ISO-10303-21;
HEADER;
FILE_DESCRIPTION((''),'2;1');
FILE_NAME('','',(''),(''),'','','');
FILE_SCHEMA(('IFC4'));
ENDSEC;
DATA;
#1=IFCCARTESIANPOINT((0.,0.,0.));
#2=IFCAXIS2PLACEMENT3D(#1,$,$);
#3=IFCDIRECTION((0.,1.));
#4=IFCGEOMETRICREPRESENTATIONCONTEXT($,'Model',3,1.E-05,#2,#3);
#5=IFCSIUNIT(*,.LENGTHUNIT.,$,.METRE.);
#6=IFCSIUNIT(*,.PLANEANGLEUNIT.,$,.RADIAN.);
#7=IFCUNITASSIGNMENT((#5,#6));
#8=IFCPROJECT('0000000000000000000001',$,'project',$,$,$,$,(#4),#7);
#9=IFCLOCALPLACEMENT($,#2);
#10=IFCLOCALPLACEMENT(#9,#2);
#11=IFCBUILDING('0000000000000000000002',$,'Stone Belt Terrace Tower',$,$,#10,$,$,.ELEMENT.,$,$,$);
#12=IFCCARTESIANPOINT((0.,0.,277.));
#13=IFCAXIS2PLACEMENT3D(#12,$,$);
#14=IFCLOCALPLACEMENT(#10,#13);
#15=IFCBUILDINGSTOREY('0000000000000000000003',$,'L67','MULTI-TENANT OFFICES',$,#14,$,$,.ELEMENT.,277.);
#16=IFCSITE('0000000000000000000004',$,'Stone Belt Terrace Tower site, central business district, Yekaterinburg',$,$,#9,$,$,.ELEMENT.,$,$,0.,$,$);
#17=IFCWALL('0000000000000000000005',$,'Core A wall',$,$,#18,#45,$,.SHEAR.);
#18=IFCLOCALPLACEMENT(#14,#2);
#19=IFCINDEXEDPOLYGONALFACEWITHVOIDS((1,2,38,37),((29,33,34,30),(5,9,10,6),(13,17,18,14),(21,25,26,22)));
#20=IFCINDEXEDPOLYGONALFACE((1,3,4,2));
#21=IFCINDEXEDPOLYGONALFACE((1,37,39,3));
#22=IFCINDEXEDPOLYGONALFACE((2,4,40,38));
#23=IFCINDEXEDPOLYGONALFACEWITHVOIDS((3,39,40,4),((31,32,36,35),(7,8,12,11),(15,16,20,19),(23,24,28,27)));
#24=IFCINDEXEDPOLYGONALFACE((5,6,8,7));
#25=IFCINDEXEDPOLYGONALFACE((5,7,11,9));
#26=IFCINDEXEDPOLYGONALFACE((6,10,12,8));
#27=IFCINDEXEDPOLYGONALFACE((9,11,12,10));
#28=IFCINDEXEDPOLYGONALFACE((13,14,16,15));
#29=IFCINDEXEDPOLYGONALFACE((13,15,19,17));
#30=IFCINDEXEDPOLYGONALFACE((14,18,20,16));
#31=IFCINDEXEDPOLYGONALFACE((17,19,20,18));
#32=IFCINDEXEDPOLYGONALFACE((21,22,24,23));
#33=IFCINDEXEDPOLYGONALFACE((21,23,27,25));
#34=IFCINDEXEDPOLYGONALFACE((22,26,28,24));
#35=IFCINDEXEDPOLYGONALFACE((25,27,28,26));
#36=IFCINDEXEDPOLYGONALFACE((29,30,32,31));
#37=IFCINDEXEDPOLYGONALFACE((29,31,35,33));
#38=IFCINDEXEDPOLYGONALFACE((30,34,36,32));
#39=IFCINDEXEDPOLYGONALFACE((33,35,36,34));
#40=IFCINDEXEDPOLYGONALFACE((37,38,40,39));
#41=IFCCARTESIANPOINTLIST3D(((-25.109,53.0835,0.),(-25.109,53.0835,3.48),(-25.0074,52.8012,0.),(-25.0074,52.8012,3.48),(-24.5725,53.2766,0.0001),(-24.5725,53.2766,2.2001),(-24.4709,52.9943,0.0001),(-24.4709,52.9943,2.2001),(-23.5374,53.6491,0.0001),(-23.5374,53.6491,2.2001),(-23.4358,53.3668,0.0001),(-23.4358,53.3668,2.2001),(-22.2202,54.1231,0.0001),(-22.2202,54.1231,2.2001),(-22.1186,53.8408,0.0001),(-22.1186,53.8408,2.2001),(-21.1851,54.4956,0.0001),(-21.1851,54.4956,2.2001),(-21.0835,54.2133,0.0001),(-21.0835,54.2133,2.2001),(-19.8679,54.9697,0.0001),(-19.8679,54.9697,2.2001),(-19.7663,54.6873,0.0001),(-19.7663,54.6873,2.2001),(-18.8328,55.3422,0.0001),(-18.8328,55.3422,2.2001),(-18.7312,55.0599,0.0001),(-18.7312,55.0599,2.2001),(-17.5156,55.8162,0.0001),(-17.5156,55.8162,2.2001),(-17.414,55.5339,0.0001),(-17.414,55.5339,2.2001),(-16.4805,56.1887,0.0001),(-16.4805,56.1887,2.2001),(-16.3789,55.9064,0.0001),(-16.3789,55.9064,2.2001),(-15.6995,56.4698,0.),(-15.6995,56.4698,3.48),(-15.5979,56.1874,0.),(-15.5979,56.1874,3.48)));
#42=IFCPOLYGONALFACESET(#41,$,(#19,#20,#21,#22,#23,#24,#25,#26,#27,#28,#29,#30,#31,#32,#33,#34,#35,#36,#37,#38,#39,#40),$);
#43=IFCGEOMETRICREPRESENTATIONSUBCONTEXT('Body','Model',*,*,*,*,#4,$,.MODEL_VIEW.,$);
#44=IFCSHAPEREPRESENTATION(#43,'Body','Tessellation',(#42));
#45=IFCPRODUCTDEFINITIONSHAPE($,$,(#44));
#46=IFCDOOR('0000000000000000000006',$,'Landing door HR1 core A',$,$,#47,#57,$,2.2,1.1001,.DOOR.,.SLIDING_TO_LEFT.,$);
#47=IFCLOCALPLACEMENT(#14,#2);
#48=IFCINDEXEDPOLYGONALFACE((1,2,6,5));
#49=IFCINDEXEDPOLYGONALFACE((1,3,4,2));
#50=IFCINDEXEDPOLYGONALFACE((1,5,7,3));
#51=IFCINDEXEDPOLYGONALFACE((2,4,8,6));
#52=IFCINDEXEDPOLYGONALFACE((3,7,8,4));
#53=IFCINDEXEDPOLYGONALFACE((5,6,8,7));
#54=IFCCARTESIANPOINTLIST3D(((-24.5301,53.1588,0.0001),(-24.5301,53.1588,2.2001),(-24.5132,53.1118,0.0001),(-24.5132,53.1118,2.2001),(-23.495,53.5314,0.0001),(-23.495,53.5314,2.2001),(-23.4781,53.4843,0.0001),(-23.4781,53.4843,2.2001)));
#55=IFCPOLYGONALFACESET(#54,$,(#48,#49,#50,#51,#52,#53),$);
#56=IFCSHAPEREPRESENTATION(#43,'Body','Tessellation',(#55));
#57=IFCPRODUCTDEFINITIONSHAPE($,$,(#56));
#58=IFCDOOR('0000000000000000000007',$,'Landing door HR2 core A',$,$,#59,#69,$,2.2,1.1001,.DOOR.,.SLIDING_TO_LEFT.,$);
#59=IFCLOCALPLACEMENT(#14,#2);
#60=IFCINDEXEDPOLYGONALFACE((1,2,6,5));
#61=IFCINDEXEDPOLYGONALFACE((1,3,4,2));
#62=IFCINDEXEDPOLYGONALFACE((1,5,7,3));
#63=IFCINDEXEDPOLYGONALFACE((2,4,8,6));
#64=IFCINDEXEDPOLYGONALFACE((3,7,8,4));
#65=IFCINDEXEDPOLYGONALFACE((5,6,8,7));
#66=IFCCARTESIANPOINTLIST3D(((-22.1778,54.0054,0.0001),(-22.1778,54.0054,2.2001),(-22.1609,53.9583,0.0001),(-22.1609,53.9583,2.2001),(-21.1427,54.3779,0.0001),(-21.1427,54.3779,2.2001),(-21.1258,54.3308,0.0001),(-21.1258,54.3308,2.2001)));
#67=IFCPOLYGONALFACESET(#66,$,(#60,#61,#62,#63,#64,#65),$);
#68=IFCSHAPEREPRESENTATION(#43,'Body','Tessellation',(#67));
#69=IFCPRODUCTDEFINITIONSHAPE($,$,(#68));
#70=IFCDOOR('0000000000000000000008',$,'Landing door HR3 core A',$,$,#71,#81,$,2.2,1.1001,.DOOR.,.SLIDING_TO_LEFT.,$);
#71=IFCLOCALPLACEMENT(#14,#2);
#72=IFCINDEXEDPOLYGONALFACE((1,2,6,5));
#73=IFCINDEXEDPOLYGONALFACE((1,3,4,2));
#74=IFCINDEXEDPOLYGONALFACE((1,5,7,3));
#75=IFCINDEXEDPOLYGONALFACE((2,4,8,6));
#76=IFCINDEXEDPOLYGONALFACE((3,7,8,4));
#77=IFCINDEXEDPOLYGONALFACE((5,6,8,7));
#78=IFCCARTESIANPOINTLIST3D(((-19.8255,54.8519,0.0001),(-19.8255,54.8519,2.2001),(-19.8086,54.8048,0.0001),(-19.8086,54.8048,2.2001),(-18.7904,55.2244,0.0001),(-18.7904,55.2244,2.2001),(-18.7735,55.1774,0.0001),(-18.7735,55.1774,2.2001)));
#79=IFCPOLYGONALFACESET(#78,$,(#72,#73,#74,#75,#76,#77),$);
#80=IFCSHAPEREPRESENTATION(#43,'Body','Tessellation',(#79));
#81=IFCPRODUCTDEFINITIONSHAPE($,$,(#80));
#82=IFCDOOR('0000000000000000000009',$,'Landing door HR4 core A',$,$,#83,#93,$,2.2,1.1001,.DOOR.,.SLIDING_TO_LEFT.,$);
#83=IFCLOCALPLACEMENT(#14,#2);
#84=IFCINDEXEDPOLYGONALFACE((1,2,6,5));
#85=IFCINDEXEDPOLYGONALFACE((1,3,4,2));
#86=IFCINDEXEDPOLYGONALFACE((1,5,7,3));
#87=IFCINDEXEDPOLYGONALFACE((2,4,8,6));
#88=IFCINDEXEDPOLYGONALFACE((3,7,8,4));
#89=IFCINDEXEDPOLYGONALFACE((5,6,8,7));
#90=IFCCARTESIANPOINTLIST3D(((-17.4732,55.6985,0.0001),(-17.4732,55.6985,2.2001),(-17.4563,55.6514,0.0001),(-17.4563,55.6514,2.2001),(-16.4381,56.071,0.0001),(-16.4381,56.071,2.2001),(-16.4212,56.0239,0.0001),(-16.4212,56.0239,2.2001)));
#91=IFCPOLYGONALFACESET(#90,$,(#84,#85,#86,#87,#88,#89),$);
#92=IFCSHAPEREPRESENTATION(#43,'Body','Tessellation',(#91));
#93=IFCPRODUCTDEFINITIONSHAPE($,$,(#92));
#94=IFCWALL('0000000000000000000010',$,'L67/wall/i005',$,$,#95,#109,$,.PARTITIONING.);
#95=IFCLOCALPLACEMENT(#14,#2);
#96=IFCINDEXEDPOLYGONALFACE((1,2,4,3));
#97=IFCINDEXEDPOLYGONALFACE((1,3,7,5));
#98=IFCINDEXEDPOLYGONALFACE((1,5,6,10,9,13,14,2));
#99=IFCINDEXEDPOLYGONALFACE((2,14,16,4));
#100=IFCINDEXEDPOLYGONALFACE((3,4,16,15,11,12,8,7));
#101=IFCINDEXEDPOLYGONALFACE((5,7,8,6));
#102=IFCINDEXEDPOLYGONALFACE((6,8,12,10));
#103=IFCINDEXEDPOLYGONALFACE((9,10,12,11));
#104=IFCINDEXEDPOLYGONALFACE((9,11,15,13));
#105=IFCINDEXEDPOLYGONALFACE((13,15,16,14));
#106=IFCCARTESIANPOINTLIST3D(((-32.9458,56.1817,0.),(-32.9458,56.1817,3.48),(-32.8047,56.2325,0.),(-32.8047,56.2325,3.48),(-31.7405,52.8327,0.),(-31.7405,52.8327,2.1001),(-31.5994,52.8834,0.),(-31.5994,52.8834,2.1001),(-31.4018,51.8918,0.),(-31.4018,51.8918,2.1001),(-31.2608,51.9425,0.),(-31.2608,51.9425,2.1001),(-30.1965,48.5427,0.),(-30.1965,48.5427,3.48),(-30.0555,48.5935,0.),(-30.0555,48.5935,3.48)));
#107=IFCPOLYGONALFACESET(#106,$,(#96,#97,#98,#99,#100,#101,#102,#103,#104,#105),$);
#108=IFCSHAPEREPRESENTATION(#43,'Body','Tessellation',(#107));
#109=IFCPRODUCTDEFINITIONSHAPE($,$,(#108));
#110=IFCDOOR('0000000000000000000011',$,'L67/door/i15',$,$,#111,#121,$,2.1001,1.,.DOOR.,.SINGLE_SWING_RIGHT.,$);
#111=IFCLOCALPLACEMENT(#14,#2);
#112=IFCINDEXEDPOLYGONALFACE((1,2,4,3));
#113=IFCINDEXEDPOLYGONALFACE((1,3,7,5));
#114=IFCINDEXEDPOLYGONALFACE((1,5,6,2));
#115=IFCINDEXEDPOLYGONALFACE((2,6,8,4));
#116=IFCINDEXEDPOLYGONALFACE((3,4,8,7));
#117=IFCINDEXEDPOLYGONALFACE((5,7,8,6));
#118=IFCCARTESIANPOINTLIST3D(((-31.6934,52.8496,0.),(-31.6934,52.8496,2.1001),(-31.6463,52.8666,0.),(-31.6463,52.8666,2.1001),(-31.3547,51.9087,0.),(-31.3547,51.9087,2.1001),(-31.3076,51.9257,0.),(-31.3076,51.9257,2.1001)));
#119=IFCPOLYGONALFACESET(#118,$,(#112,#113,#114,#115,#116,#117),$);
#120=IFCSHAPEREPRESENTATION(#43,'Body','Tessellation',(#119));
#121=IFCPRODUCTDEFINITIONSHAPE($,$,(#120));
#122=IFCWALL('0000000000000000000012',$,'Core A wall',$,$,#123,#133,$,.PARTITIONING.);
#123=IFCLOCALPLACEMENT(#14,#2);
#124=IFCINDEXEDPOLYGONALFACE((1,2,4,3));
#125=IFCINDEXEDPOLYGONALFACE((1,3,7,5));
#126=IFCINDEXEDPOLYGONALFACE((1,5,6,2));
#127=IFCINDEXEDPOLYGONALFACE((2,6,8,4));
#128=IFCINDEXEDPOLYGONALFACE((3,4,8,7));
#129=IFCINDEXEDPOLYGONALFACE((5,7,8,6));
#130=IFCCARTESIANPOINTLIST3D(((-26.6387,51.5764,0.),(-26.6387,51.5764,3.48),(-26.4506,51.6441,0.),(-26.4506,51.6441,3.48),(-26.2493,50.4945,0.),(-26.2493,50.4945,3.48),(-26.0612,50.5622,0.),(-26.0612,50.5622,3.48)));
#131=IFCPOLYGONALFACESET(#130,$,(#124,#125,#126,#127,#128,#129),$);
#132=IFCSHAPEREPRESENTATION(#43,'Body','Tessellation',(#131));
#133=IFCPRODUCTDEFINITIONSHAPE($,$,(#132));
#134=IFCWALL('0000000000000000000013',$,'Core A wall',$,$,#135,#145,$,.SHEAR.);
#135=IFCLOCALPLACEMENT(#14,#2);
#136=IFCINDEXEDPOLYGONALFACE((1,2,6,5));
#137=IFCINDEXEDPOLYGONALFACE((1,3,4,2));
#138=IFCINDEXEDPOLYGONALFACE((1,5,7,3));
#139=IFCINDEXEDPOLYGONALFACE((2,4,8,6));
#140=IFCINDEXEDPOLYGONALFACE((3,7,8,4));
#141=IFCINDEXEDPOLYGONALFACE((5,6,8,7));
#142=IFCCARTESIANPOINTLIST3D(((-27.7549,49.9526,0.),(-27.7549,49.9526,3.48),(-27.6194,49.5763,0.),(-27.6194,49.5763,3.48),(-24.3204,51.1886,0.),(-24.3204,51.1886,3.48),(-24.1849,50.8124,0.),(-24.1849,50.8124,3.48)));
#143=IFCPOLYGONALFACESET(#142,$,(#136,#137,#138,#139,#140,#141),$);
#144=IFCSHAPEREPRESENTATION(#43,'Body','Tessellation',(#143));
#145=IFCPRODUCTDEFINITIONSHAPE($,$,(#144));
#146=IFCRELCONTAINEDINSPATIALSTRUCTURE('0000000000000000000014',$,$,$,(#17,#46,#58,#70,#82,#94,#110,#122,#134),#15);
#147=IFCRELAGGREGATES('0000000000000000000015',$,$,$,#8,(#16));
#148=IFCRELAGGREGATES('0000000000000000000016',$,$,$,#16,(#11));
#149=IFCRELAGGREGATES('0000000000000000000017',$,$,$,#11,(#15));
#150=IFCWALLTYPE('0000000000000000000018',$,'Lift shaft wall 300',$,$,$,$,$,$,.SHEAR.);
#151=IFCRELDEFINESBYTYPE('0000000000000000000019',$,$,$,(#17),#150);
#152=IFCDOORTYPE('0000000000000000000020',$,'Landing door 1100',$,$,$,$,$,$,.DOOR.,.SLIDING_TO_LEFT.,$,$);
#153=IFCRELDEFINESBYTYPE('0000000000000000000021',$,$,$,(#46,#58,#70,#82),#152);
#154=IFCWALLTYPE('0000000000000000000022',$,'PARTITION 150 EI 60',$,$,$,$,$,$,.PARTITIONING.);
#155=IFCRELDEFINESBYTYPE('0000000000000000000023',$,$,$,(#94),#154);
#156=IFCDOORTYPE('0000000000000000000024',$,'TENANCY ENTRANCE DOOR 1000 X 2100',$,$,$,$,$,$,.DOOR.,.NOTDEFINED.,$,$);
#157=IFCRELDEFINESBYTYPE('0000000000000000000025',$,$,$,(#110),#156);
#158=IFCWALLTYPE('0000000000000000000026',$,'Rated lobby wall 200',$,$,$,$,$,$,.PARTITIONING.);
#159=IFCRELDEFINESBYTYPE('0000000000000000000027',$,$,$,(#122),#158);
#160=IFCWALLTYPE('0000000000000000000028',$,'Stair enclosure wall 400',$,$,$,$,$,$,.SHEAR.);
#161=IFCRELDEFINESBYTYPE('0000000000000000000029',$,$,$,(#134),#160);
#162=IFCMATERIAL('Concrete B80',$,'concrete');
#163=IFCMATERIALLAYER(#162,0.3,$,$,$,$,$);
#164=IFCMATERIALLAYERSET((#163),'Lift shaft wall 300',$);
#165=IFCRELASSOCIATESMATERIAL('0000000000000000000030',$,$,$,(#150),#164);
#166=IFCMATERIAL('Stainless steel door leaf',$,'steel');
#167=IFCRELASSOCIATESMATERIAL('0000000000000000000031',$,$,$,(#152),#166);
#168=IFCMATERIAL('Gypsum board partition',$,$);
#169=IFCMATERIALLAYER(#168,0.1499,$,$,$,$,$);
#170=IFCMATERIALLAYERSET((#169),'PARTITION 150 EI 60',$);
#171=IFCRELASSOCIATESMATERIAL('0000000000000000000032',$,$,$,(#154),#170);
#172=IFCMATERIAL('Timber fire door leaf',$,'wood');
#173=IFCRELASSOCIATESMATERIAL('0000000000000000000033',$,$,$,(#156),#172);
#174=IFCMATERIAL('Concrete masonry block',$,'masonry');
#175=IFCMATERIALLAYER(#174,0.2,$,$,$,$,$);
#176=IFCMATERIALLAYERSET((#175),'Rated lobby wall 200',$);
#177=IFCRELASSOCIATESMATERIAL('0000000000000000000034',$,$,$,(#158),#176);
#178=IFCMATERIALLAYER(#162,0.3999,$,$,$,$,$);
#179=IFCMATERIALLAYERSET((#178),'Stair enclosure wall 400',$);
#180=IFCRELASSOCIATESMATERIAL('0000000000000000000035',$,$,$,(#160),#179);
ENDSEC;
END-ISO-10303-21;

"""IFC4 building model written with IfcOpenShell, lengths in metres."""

from ifc_helpers import new_model, si_unit, direction, frame, frame_2d, origin, place, context, subcontext, project, spatial, rectangle, extrude, material, layer, layer_set, type_object, element, fill, save


model = new_model("IFC4")

# Units and contexts
model_context = context("Model", 3, precision=1e-05, world=origin(), true_north=direction((0.0, 1.0)))
body_context = subcontext(model_context, "Body", "Model", "MODEL_VIEW")
ifc_project = project(units=[si_unit("LENGTHUNIT", "METRE"), si_unit("PLANEANGLEUNIT", "RADIAN")], contexts=[model_context])

# Site, building, storey
site_placement = place(None, origin())
site = spatial("IfcSite", under=ifc_project, at=site_placement, Name="Stone Belt Terrace Tower site, central business district, Yekaterinburg", CompositionType="ELEMENT", RefElevation=0.0)
building_placement = place(site_placement, origin())
building = spatial("IfcBuilding", under=site, at=building_placement, Name="Stone Belt Terrace Tower", CompositionType="ELEMENT")
storey_placement = place(building_placement, frame((0.0, 0.0, 277.0)))
storey = spatial("IfcBuildingStorey", under=building, at=storey_placement, Name="L67", Description="MULTI-TENANT OFFICES", CompositionType="ELEMENT", Elevation=277.0)

# Shared definitions
ifc_material_1 = material(Name="Concrete B80", Category="concrete")

# Shared definitions
ifc_layer_1 = layer(ifc_material_1, 0.3)
ifc_layer_set_1 = layer_set([ifc_layer_1], Name="Lift shaft wall 300")
wall_type_1 = type_object("IfcWallType", Name="Lift shaft wall 300", PredefinedType="SHEAR", material=ifc_layer_set_1)
ifc_material_2 = material(Name="Stainless steel door leaf", Category="steel")

# Wall, openings, doors
wall_1_placement = place(storey_placement, frame((-25.0581, 52.9424, 0.0), z_axis=(0.0, 0.0, 1.0), x_axis=(0.940924, 0.338617, 0.0)))
wall_1 = element("IfcWall", 1, at=wall_1_placement, inside=storey, type_object=wall_type_1, Name="Core A wall", PredefinedType="SHEAR", context=body_context, shape_type="SweptSolid", body=[
    extrude(rectangle(XDim=10.0002, YDim=0.3, at=frame_2d((5.0, 0.0))), origin(), (0.0, 0.0, 1.0), 3.48),
])
opening_1_placement = place(wall_1_placement, frame((0.5701, 0.0, 0.0)))
opening_1 = element("IfcOpeningElement", 2, at=opening_1_placement, cuts=wall_1, PredefinedType="OPENING", context=body_context, shape_type="SweptSolid", body=[
    extrude(rectangle(XDim=1.1001, YDim=2.2, at=frame_2d((0.55, 1.1001))), frame((0.0, 0.1599, 0.0), z_axis=(0.0, -1.0, 0.0), x_axis=(1.0, 0.0, 0.0)), (0.0, 0.0, 1.0), 0.3201),
])
opening_2_placement = place(wall_1_placement, frame((3.0701, 0.0, 0.0)))
opening_2 = element("IfcOpeningElement", 3, at=opening_2_placement, cuts=wall_1, PredefinedType="OPENING", context=body_context, shape_type="SweptSolid", body=[
    extrude(rectangle(XDim=1.1001, YDim=2.2, at=frame_2d((0.55, 1.1001))), frame((0.0, 0.1599, 0.0), z_axis=(0.0, -1.0, 0.0), x_axis=(1.0, 0.0, 0.0)), (0.0, 0.0, 1.0), 0.3201),
])
opening_3_placement = place(wall_1_placement, frame((5.5701, 0.0, 0.0)))
opening_3 = element("IfcOpeningElement", 4, at=opening_3_placement, cuts=wall_1, PredefinedType="OPENING", context=body_context, shape_type="SweptSolid", body=[
    extrude(rectangle(XDim=1.1001, YDim=2.2, at=frame_2d((0.55, 1.1001))), frame((0.0, 0.1599, 0.0), z_axis=(0.0, -1.0, 0.0), x_axis=(1.0, 0.0, 0.0)), (0.0, 0.0, 1.0), 0.3201),
])
opening_4_placement = place(wall_1_placement, frame((8.0701, 0.0, 0.0)))
opening_4 = element("IfcOpeningElement", 5, at=opening_4_placement, cuts=wall_1, PredefinedType="OPENING", context=body_context, shape_type="SweptSolid", body=[
    extrude(rectangle(XDim=1.1001, YDim=2.2, at=frame_2d((0.55, 1.1001))), frame((0.0, 0.1599, 0.0), z_axis=(0.0, -1.0, 0.0), x_axis=(1.0, 0.0, 0.0)), (0.0, 0.0, 1.0), 0.3201),
])
door_type_1 = type_object("IfcDoorType", Name="Landing door 1100", OperationType="SLIDING_TO_LEFT", PredefinedType="DOOR", material=ifc_material_2)
door_1_placement = place(opening_1_placement, origin())
door_1 = element("IfcDoor", 6, at=door_1_placement, inside=storey, type_object=door_type_1, Name="Landing door HR1 core A", OperationType="SLIDING_TO_LEFT", OverallHeight=2.2, OverallWidth=1.1001, PredefinedType="DOOR", context=body_context, shape_type="SweptSolid", body=[
    extrude(rectangle(XDim=1.1001, YDim=2.2, at=frame_2d((0.55, 1.1001))), frame((0.0, 0.0249, 0.0), z_axis=(0.0, -1.0, 0.0), x_axis=(1.0, 0.0, 0.0)), (0.0, 0.0, 1.0), 0.05),
])
fill(opening_1, door_1)
door_2_placement = place(opening_2_placement, origin())
door_2 = element("IfcDoor", 7, at=door_2_placement, inside=storey, type_object=door_type_1, Name="Landing door HR2 core A", OperationType="SLIDING_TO_LEFT", OverallHeight=2.2, OverallWidth=1.1001, PredefinedType="DOOR", context=body_context, shape_type="SweptSolid", body=[
    extrude(rectangle(XDim=1.1001, YDim=2.2, at=frame_2d((0.55, 1.1001))), frame((0.0, 0.0249, 0.0), z_axis=(0.0, -1.0, 0.0), x_axis=(1.0, 0.0, 0.0)), (0.0, 0.0, 1.0), 0.05),
])
fill(opening_2, door_2)
door_3_placement = place(opening_3_placement, origin())
door_3 = element("IfcDoor", 8, at=door_3_placement, inside=storey, type_object=door_type_1, Name="Landing door HR3 core A", OperationType="SLIDING_TO_LEFT", OverallHeight=2.2, OverallWidth=1.1001, PredefinedType="DOOR", context=body_context, shape_type="SweptSolid", body=[
    extrude(rectangle(XDim=1.1001, YDim=2.2, at=frame_2d((0.55, 1.1001))), frame((0.0, 0.0249, 0.0), z_axis=(0.0, -1.0, 0.0), x_axis=(1.0, 0.0, 0.0)), (0.0, 0.0, 1.0), 0.05),
])
fill(opening_3, door_3)
door_4_placement = place(opening_4_placement, origin())
door_4 = element("IfcDoor", 9, at=door_4_placement, inside=storey, type_object=door_type_1, Name="Landing door HR4 core A", OperationType="SLIDING_TO_LEFT", OverallHeight=2.2, OverallWidth=1.1001, PredefinedType="DOOR", context=body_context, shape_type="SweptSolid", body=[
    extrude(rectangle(XDim=1.1001, YDim=2.2, at=frame_2d((0.55, 1.1001))), frame((0.0, 0.0249, 0.0), z_axis=(0.0, -1.0, 0.0), x_axis=(1.0, 0.0, 0.0)), (0.0, 0.0, 1.0), 0.05),
])
fill(opening_4, door_4)

# Wall, opening, door
ifc_material_3 = material(Name="Gypsum board partition")
ifc_layer_2 = layer(ifc_material_3, 0.1499)
ifc_layer_set_2 = layer_set([ifc_layer_2], Name="PARTITION 150 EI 60")
wall_type_2 = type_object("IfcWallType", Name="PARTITION 150 EI 60", PredefinedType="PARTITIONING", material=ifc_layer_set_2)
wall_2_placement = place(storey_placement, frame((-30.126, 48.5681, 0.0), z_axis=(0.0, 0.0, 1.0), x_axis=(-0.338639, 0.940917, 0.0)))
wall_2 = element("IfcWall", 10, at=wall_2_placement, inside=storey, type_object=wall_type_2, Name="L67/wall/i005", PredefinedType="PARTITIONING", context=body_context, shape_type="SweptSolid", body=[
    extrude(rectangle(XDim=8.1187, YDim=0.1499, at=frame_2d((4.0593, 0.0))), origin(), (0.0, 0.0, 1.0), 3.48),
])
opening_5_placement = place(wall_2_placement, frame((3.5593, 0.0, 0.0)))
opening_5 = element("IfcOpeningElement", 11, at=opening_5_placement, cuts=wall_2, PredefinedType="OPENING", context=body_context, shape_type="SweptSolid", body=[
    extrude(rectangle(XDim=1.0, YDim=2.1001, at=frame_2d((0.5, 1.05))), frame((0.0, 0.085, 0.0), z_axis=(0.0, -1.0, 0.0), x_axis=(1.0, 0.0, 0.0)), (0.0, 0.0, 1.0), 0.1699),
])
ifc_material_4 = material(Name="Timber fire door leaf", Category="wood")
door_type_2 = type_object("IfcDoorType", Name="TENANCY ENTRANCE DOOR 1000 X 2100", OperationType="NOTDEFINED", PredefinedType="DOOR", material=ifc_material_4)
door_5_placement = place(opening_5_placement, origin())
door_5 = element("IfcDoor", 12, at=door_5_placement, inside=storey, type_object=door_type_2, Name="L67/door/i15", OperationType="SINGLE_SWING_RIGHT", OverallHeight=2.1001, OverallWidth=1.0, PredefinedType="DOOR", context=body_context, shape_type="SweptSolid", body=[
    extrude(rectangle(XDim=1.0, YDim=2.1001, at=frame_2d((0.5, 1.05))), frame((0.0, 0.0249, 0.0), z_axis=(0.0, -1.0, 0.0), x_axis=(1.0, 0.0, 0.0)), (0.0, 0.0, 1.0), 0.05),
])
fill(opening_5, door_5)

# Walls
ifc_material_5 = material(Name="Concrete masonry block", Category="masonry")
ifc_layer_3 = layer(ifc_material_5, 0.2)
ifc_layer_set_3 = layer_set([ifc_layer_3], Name="Rated lobby wall 200")
wall_type_3 = type_object("IfcWallType", Name="Rated lobby wall 200", PredefinedType="PARTITIONING", material=ifc_layer_set_3)
wall_3_placement = place(storey_placement, frame((-26.1553, 50.5283, 0.0), z_axis=(0.0, 0.0, 1.0), x_axis=(-0.338622, 0.940923, 0.0)))
element("IfcWall", 13, at=wall_3_placement, inside=storey, type_object=wall_type_3, Name="Core A wall", PredefinedType="PARTITIONING", context=body_context, shape_type="SweptSolid", body=[
    extrude(rectangle(XDim=1.1499, YDim=0.2, at=frame_2d((0.575, 0.0))), origin(), (0.0, 0.0, 1.0), 3.48),
])
ifc_layer_4 = layer(ifc_material_1, 0.3999)
ifc_layer_set_4 = layer_set([ifc_layer_4], Name="Stair enclosure wall 400")
wall_type_4 = type_object("IfcWallType", Name="Stair enclosure wall 400", PredefinedType="SHEAR", material=ifc_layer_set_4)
wall_4_placement = place(storey_placement, frame((-27.6873, 49.7644, 0.0), z_axis=(0.0, 0.0, 1.0), x_axis=(0.940919, 0.338632, 0.0)))
element("IfcWall", 14, at=wall_4_placement, inside=storey, type_object=wall_type_4, Name="Core A wall", PredefinedType="SHEAR", context=body_context, shape_type="SweptSolid", body=[
    extrude(rectangle(XDim=3.6501, YDim=0.3999, at=frame_2d((1.8252, 0.0))), origin(), (0.0, 0.0, 1.0), 3.48),
])

save(model, "model.ifc")
